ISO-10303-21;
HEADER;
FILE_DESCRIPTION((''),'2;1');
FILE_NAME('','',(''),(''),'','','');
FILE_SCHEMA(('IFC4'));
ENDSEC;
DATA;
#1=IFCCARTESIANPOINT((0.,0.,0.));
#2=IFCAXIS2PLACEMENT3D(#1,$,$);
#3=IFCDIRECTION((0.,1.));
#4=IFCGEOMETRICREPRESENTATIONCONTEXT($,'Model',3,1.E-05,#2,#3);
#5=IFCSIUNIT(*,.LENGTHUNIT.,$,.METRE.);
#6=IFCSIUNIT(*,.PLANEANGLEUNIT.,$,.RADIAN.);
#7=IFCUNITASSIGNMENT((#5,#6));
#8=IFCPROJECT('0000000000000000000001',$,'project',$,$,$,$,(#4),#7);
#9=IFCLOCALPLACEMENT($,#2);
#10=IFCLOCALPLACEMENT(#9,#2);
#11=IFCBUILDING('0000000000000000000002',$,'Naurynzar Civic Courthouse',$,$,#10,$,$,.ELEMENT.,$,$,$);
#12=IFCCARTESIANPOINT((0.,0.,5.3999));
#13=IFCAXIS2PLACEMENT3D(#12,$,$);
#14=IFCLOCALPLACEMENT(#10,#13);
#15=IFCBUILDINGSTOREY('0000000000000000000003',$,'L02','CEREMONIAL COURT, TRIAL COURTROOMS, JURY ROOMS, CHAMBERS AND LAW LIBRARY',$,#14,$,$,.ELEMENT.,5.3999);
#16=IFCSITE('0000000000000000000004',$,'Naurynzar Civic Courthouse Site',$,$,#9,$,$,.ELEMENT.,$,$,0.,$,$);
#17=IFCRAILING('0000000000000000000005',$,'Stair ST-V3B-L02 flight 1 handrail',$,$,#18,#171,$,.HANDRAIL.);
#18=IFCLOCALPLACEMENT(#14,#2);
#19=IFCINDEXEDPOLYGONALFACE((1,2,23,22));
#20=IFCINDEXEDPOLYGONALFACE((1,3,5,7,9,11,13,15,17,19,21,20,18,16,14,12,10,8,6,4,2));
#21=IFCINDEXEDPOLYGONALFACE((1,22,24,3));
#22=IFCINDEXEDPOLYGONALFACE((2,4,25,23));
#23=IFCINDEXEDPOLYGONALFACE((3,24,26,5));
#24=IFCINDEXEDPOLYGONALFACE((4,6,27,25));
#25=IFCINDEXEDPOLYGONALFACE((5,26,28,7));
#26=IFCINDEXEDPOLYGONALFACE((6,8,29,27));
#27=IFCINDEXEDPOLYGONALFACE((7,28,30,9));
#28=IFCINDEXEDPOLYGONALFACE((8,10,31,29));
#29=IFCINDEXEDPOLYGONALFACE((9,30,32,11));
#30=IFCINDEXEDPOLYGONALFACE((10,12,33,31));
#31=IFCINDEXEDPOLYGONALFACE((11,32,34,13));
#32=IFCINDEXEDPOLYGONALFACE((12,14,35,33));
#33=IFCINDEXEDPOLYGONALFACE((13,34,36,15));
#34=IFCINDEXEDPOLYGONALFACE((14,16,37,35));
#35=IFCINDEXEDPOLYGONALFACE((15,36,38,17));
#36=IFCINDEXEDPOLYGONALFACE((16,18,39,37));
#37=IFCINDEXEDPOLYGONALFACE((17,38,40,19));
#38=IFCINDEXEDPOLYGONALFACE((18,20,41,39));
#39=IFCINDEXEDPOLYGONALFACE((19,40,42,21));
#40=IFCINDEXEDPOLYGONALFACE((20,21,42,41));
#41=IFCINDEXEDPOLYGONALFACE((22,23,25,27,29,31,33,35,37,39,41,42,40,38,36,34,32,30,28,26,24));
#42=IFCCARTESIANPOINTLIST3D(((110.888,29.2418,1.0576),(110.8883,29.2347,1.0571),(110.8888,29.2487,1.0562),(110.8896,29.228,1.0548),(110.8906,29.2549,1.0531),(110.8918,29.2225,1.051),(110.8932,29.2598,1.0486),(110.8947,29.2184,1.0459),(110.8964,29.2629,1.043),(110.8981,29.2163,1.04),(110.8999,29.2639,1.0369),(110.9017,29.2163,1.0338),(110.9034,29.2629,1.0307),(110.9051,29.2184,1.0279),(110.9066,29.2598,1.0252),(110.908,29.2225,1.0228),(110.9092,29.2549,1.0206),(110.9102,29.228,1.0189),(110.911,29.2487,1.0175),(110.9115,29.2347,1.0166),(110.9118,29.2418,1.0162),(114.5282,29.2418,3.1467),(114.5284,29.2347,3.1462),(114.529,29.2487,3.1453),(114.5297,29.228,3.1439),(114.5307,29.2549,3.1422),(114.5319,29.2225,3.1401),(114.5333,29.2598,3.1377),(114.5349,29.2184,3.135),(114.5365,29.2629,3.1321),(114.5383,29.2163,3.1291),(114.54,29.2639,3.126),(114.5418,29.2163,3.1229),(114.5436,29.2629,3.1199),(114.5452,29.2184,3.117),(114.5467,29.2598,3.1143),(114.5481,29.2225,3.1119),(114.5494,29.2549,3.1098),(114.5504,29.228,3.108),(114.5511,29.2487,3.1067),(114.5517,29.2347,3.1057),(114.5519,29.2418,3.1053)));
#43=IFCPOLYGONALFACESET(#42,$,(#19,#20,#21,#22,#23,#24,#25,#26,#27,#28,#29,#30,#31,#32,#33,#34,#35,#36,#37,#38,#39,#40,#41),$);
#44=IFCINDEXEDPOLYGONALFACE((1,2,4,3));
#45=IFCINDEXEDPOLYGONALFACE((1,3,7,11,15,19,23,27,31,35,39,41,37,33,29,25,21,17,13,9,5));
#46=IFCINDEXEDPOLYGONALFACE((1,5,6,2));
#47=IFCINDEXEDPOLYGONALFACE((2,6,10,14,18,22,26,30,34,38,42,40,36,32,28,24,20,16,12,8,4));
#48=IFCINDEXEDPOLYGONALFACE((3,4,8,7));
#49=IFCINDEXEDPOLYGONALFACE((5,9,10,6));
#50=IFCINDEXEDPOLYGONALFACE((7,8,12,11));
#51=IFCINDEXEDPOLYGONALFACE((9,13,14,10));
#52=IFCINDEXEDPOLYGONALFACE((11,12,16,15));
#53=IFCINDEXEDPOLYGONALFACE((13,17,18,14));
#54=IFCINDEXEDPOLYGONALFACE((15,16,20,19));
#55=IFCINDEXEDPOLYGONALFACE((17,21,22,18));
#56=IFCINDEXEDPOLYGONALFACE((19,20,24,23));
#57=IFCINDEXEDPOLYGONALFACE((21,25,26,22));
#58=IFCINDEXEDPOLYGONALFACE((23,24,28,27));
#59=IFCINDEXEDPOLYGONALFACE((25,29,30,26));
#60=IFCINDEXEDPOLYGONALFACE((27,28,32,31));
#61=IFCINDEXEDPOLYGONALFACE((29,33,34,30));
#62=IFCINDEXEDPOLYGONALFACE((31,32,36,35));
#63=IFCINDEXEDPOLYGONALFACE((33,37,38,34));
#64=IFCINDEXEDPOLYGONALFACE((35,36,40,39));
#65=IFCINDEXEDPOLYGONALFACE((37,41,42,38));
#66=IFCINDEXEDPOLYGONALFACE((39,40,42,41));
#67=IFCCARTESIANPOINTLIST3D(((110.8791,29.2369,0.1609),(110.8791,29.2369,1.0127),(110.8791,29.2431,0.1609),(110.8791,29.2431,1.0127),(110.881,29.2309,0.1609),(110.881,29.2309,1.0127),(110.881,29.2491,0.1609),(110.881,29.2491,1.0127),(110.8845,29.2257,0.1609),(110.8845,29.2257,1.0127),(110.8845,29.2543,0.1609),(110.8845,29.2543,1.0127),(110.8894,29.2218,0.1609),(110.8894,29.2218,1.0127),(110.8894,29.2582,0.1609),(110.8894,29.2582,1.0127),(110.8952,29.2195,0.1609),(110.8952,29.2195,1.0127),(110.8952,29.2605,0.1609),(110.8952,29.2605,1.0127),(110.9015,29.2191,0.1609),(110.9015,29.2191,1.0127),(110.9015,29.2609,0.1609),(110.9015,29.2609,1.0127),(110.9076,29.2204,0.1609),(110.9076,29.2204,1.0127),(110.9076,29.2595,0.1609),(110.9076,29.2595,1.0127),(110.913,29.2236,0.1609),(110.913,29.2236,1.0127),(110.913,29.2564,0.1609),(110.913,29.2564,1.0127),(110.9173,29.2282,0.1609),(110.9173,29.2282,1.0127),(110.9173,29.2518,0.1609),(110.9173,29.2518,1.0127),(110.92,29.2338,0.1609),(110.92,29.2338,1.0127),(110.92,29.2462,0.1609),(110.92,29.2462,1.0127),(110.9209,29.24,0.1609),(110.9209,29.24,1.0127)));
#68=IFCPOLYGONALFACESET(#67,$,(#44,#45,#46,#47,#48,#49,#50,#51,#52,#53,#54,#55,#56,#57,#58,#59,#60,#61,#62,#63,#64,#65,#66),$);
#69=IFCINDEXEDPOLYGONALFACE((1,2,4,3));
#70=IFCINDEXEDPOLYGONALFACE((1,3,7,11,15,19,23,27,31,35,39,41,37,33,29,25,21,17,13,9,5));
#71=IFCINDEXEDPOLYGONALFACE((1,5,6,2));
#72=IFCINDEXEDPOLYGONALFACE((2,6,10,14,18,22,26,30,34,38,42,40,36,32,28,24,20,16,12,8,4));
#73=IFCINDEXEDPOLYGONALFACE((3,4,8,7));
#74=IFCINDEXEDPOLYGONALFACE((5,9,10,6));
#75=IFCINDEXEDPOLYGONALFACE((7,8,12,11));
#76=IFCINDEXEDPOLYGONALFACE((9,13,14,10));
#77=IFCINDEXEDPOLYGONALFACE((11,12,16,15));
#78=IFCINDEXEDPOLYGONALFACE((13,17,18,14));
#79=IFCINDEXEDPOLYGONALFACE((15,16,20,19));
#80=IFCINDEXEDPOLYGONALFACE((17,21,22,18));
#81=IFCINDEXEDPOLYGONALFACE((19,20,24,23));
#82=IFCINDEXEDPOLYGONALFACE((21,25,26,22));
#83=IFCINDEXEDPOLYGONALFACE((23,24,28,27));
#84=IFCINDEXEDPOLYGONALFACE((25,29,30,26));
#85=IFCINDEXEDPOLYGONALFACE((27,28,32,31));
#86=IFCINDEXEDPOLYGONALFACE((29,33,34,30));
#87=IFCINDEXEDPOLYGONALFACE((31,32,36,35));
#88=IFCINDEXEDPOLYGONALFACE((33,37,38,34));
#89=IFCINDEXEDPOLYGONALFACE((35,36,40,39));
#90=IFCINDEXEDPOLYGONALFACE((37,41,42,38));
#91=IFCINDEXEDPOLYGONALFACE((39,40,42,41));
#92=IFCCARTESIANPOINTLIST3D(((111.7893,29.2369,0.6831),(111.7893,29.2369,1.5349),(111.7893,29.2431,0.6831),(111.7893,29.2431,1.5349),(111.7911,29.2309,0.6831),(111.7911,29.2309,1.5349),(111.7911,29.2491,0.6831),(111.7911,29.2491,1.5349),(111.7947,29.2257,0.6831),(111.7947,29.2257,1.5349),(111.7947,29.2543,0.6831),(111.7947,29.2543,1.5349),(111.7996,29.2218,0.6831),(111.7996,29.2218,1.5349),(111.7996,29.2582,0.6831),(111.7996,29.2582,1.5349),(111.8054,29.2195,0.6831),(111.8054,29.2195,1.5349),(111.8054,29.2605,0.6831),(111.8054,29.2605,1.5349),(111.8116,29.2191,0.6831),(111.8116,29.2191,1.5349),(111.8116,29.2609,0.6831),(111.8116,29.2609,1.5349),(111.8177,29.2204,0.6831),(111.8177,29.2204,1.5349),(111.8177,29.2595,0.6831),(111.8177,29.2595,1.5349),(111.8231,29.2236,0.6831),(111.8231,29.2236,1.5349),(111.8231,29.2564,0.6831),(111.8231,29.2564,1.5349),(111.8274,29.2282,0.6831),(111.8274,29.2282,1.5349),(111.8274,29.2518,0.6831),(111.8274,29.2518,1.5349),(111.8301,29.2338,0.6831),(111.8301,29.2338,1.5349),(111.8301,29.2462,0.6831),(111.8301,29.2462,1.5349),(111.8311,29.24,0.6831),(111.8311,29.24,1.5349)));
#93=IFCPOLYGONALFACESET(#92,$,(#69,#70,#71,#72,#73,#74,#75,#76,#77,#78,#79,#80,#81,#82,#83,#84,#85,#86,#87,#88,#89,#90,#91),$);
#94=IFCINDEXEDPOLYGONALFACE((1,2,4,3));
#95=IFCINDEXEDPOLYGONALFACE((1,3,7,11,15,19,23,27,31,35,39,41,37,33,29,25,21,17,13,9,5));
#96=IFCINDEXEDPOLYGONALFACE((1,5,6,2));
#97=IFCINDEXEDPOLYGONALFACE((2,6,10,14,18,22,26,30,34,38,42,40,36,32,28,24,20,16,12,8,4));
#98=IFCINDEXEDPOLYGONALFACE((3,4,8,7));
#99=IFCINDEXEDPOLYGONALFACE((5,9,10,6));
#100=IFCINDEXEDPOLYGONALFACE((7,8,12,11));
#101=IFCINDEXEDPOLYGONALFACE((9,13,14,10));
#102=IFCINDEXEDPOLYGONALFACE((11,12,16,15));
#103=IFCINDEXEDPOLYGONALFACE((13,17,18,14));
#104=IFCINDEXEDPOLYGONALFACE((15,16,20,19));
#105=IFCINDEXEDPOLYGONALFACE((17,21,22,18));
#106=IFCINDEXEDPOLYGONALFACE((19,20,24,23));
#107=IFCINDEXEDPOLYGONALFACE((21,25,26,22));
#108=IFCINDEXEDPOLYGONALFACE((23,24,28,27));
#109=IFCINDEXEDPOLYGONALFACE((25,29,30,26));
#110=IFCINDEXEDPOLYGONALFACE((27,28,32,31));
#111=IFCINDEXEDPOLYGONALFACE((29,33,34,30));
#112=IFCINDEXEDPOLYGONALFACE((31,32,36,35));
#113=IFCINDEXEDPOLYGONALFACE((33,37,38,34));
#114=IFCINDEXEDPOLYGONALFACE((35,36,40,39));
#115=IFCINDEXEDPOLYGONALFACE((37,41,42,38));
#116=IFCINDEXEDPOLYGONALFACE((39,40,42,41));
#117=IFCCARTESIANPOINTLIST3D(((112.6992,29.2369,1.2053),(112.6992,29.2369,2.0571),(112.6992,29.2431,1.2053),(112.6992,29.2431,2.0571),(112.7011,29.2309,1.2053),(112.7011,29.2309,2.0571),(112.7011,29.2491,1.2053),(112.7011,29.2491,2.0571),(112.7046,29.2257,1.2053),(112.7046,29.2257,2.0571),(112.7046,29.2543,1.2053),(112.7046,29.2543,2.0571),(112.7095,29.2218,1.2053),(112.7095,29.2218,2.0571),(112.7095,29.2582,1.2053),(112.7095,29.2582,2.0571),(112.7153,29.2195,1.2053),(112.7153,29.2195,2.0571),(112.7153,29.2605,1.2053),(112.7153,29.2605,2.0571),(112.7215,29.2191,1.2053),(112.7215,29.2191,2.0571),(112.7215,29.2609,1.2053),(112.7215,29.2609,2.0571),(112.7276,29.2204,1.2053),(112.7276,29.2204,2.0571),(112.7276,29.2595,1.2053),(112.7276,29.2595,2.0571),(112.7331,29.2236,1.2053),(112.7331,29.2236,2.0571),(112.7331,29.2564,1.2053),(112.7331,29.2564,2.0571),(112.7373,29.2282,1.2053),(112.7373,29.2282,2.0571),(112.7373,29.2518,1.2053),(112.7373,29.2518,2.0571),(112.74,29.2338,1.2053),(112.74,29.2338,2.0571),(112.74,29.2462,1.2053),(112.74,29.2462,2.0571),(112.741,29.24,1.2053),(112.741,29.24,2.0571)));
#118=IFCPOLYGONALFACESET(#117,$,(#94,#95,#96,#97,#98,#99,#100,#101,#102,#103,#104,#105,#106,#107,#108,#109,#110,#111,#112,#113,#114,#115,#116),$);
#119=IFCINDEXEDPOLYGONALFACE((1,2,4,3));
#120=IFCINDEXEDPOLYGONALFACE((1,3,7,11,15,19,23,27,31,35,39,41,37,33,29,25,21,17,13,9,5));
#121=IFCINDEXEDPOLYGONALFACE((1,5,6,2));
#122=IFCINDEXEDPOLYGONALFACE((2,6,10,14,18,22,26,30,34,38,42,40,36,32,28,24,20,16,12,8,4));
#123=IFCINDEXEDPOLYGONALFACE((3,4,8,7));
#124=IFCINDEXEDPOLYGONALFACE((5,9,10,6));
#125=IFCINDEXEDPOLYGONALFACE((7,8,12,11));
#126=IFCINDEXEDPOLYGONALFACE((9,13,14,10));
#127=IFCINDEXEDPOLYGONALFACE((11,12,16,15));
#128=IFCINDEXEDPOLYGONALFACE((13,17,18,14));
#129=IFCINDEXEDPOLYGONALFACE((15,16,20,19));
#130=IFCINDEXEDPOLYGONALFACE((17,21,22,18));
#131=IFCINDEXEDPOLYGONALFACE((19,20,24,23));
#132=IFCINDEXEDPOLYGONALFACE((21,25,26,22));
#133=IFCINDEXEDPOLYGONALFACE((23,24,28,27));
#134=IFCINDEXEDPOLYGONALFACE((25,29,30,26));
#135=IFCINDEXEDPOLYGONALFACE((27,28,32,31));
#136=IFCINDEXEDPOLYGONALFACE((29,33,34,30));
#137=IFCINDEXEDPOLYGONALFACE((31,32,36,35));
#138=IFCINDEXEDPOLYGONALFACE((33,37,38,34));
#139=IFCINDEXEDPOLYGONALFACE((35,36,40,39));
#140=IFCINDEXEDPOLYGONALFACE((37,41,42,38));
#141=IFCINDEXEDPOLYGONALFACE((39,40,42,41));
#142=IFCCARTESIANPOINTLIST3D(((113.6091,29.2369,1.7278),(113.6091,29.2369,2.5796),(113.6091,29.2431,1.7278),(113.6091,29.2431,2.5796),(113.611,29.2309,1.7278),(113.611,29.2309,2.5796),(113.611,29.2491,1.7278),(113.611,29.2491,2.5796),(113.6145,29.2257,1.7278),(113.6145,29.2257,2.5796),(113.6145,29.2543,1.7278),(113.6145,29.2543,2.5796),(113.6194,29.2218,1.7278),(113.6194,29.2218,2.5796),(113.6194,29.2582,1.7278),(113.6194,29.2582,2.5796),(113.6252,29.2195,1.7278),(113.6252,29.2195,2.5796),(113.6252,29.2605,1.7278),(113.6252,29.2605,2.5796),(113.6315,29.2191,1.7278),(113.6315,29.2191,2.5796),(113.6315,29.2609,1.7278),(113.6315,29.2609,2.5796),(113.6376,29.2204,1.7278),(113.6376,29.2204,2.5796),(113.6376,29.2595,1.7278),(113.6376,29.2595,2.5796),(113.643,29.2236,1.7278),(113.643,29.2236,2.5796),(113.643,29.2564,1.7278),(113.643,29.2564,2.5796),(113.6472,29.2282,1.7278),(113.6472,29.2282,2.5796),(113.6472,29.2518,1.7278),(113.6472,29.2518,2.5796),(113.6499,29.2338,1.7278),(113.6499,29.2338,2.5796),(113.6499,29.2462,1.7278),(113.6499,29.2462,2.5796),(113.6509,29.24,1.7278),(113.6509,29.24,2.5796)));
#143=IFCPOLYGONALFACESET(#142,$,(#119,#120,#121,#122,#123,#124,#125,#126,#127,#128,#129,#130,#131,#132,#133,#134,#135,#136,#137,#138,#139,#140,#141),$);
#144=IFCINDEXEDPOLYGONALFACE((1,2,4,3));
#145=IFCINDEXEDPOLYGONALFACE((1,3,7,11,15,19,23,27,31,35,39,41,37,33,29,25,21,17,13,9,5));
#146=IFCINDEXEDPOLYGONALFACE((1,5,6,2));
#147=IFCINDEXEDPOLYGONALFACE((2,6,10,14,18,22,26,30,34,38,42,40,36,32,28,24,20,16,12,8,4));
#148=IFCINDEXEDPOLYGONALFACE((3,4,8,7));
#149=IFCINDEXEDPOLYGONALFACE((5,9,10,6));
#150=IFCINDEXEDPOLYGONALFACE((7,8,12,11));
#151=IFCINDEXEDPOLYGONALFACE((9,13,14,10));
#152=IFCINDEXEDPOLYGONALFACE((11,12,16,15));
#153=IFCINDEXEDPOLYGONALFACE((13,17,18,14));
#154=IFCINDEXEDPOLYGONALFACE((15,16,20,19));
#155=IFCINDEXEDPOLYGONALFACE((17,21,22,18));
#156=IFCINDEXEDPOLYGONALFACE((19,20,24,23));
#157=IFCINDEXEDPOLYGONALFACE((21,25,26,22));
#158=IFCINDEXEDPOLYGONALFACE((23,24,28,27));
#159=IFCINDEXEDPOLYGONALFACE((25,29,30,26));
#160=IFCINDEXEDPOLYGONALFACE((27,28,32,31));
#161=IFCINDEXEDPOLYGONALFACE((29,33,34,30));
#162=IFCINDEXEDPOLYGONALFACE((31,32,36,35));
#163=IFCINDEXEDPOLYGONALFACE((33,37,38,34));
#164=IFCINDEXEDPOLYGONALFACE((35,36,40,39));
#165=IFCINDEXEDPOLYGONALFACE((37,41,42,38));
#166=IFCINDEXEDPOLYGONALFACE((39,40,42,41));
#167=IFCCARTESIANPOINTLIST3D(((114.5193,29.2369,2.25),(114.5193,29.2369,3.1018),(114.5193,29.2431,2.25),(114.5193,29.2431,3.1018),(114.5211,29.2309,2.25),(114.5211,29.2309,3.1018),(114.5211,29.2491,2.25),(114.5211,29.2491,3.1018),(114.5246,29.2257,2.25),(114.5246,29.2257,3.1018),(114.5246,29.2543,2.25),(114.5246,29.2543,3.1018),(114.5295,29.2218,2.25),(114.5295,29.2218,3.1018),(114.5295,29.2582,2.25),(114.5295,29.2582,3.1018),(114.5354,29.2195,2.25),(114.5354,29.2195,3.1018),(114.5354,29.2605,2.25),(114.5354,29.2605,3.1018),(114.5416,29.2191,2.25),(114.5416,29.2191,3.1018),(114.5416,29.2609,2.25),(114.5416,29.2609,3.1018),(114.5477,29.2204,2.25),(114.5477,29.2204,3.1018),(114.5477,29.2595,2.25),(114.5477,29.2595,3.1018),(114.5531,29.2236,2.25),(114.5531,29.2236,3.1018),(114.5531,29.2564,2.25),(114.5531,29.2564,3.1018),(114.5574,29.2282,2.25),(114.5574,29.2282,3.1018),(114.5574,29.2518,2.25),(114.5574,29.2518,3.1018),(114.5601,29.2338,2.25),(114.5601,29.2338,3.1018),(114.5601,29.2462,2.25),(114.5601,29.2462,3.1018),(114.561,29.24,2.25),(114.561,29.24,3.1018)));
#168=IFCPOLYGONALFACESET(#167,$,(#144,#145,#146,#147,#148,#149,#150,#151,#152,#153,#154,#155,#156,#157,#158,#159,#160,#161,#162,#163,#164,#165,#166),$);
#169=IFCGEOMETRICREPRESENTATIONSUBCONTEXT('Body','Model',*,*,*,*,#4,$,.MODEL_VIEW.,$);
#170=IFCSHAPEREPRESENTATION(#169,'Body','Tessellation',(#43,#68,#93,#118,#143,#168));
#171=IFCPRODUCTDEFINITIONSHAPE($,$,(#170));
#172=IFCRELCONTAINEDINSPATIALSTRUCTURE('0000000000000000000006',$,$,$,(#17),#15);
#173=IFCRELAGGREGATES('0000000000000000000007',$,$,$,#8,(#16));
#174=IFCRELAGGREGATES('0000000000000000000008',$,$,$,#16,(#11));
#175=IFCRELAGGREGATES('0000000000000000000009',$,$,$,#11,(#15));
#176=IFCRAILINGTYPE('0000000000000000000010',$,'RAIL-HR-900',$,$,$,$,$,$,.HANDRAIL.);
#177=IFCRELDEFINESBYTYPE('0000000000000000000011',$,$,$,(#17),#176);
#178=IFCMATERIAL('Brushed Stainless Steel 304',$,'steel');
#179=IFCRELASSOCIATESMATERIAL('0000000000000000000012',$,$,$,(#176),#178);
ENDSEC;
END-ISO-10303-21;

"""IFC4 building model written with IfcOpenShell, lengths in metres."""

from ifc_helpers import new_model, si_unit, direction, frame, origin, origin_2d, place, context, subcontext, project, spatial, circle, extrude, material, type_object, element, save


model = new_model("IFC4")

# Units and contexts
model_context = context("Model", 3, precision=1e-05, world=origin(), true_north=direction((0.0, 1.0)))
body_context = subcontext(model_context, "Body", "Model", "MODEL_VIEW")
ifc_project = project(units=[si_unit("LENGTHUNIT", "METRE"), si_unit("PLANEANGLEUNIT", "RADIAN")], contexts=[model_context])

# Site, building, storey
site_placement = place(None, origin())
site = spatial("IfcSite", under=ifc_project, at=site_placement, Name="Naurynzar Civic Courthouse Site", CompositionType="ELEMENT", RefElevation=0.0)
building_placement = place(site_placement, origin())
building = spatial("IfcBuilding", under=site, at=building_placement, Name="Naurynzar Civic Courthouse", CompositionType="ELEMENT")
storey_placement = place(building_placement, frame((0.0, 0.0, 5.3999)))
storey = spatial("IfcBuildingStorey", under=building, at=storey_placement, Name="L02", Description="CEREMONIAL COURT, TRIAL COURTROOMS, JURY ROOMS, CHAMBERS AND LAW LIBRARY", CompositionType="ELEMENT", Elevation=5.3999)

# Railing
ifc_material_1 = material(Name="Brushed Stainless Steel 304", Category="steel")
railing_type_1 = type_object("IfcRailingType", Name="RAIL-HR-900", PredefinedType="HANDRAIL", material=ifc_material_1)
railing_1_placement = place(storey_placement, frame((110.8999, 29.24, 0.1609)))
element("IfcRailing", 1, at=railing_1_placement, inside=storey, type_object=railing_type_1, Name="Stair ST-V3B-L02 flight 1 handrail", PredefinedType="HANDRAIL", context=body_context, shape_type="SweptSolid", body=[
    extrude(circle(Radius=0.0239, at=origin_2d()), frame((0.0, 0.0, 0.876), z_axis=(0.867314, 0.0, 0.497761), x_axis=(0.0, 1.0, 0.0)), (0.0, 0.0, 1.0), 4.197),
    extrude(circle(Radius=0.021, at=origin_2d()), origin(), (0.0, 0.0, 1.0), 0.8518),
    extrude(circle(Radius=0.021, at=origin_2d()), frame((0.9102, 0.0, 0.5222)), (0.0, 0.0, 1.0), 0.8518),
    extrude(circle(Radius=0.021, at=origin_2d()), frame((1.8201, 0.0, 1.0444)), (0.0, 0.0, 1.0), 0.8518),
    extrude(circle(Radius=0.021, at=origin_2d()), frame((2.73, 0.0, 1.5669)), (0.0, 0.0, 1.0), 0.8518),
    extrude(circle(Radius=0.021, at=origin_2d()), frame((3.6401, 0.0, 2.0891)), (0.0, 0.0, 1.0), 0.8518),
])

save(model, "model.ifc")
